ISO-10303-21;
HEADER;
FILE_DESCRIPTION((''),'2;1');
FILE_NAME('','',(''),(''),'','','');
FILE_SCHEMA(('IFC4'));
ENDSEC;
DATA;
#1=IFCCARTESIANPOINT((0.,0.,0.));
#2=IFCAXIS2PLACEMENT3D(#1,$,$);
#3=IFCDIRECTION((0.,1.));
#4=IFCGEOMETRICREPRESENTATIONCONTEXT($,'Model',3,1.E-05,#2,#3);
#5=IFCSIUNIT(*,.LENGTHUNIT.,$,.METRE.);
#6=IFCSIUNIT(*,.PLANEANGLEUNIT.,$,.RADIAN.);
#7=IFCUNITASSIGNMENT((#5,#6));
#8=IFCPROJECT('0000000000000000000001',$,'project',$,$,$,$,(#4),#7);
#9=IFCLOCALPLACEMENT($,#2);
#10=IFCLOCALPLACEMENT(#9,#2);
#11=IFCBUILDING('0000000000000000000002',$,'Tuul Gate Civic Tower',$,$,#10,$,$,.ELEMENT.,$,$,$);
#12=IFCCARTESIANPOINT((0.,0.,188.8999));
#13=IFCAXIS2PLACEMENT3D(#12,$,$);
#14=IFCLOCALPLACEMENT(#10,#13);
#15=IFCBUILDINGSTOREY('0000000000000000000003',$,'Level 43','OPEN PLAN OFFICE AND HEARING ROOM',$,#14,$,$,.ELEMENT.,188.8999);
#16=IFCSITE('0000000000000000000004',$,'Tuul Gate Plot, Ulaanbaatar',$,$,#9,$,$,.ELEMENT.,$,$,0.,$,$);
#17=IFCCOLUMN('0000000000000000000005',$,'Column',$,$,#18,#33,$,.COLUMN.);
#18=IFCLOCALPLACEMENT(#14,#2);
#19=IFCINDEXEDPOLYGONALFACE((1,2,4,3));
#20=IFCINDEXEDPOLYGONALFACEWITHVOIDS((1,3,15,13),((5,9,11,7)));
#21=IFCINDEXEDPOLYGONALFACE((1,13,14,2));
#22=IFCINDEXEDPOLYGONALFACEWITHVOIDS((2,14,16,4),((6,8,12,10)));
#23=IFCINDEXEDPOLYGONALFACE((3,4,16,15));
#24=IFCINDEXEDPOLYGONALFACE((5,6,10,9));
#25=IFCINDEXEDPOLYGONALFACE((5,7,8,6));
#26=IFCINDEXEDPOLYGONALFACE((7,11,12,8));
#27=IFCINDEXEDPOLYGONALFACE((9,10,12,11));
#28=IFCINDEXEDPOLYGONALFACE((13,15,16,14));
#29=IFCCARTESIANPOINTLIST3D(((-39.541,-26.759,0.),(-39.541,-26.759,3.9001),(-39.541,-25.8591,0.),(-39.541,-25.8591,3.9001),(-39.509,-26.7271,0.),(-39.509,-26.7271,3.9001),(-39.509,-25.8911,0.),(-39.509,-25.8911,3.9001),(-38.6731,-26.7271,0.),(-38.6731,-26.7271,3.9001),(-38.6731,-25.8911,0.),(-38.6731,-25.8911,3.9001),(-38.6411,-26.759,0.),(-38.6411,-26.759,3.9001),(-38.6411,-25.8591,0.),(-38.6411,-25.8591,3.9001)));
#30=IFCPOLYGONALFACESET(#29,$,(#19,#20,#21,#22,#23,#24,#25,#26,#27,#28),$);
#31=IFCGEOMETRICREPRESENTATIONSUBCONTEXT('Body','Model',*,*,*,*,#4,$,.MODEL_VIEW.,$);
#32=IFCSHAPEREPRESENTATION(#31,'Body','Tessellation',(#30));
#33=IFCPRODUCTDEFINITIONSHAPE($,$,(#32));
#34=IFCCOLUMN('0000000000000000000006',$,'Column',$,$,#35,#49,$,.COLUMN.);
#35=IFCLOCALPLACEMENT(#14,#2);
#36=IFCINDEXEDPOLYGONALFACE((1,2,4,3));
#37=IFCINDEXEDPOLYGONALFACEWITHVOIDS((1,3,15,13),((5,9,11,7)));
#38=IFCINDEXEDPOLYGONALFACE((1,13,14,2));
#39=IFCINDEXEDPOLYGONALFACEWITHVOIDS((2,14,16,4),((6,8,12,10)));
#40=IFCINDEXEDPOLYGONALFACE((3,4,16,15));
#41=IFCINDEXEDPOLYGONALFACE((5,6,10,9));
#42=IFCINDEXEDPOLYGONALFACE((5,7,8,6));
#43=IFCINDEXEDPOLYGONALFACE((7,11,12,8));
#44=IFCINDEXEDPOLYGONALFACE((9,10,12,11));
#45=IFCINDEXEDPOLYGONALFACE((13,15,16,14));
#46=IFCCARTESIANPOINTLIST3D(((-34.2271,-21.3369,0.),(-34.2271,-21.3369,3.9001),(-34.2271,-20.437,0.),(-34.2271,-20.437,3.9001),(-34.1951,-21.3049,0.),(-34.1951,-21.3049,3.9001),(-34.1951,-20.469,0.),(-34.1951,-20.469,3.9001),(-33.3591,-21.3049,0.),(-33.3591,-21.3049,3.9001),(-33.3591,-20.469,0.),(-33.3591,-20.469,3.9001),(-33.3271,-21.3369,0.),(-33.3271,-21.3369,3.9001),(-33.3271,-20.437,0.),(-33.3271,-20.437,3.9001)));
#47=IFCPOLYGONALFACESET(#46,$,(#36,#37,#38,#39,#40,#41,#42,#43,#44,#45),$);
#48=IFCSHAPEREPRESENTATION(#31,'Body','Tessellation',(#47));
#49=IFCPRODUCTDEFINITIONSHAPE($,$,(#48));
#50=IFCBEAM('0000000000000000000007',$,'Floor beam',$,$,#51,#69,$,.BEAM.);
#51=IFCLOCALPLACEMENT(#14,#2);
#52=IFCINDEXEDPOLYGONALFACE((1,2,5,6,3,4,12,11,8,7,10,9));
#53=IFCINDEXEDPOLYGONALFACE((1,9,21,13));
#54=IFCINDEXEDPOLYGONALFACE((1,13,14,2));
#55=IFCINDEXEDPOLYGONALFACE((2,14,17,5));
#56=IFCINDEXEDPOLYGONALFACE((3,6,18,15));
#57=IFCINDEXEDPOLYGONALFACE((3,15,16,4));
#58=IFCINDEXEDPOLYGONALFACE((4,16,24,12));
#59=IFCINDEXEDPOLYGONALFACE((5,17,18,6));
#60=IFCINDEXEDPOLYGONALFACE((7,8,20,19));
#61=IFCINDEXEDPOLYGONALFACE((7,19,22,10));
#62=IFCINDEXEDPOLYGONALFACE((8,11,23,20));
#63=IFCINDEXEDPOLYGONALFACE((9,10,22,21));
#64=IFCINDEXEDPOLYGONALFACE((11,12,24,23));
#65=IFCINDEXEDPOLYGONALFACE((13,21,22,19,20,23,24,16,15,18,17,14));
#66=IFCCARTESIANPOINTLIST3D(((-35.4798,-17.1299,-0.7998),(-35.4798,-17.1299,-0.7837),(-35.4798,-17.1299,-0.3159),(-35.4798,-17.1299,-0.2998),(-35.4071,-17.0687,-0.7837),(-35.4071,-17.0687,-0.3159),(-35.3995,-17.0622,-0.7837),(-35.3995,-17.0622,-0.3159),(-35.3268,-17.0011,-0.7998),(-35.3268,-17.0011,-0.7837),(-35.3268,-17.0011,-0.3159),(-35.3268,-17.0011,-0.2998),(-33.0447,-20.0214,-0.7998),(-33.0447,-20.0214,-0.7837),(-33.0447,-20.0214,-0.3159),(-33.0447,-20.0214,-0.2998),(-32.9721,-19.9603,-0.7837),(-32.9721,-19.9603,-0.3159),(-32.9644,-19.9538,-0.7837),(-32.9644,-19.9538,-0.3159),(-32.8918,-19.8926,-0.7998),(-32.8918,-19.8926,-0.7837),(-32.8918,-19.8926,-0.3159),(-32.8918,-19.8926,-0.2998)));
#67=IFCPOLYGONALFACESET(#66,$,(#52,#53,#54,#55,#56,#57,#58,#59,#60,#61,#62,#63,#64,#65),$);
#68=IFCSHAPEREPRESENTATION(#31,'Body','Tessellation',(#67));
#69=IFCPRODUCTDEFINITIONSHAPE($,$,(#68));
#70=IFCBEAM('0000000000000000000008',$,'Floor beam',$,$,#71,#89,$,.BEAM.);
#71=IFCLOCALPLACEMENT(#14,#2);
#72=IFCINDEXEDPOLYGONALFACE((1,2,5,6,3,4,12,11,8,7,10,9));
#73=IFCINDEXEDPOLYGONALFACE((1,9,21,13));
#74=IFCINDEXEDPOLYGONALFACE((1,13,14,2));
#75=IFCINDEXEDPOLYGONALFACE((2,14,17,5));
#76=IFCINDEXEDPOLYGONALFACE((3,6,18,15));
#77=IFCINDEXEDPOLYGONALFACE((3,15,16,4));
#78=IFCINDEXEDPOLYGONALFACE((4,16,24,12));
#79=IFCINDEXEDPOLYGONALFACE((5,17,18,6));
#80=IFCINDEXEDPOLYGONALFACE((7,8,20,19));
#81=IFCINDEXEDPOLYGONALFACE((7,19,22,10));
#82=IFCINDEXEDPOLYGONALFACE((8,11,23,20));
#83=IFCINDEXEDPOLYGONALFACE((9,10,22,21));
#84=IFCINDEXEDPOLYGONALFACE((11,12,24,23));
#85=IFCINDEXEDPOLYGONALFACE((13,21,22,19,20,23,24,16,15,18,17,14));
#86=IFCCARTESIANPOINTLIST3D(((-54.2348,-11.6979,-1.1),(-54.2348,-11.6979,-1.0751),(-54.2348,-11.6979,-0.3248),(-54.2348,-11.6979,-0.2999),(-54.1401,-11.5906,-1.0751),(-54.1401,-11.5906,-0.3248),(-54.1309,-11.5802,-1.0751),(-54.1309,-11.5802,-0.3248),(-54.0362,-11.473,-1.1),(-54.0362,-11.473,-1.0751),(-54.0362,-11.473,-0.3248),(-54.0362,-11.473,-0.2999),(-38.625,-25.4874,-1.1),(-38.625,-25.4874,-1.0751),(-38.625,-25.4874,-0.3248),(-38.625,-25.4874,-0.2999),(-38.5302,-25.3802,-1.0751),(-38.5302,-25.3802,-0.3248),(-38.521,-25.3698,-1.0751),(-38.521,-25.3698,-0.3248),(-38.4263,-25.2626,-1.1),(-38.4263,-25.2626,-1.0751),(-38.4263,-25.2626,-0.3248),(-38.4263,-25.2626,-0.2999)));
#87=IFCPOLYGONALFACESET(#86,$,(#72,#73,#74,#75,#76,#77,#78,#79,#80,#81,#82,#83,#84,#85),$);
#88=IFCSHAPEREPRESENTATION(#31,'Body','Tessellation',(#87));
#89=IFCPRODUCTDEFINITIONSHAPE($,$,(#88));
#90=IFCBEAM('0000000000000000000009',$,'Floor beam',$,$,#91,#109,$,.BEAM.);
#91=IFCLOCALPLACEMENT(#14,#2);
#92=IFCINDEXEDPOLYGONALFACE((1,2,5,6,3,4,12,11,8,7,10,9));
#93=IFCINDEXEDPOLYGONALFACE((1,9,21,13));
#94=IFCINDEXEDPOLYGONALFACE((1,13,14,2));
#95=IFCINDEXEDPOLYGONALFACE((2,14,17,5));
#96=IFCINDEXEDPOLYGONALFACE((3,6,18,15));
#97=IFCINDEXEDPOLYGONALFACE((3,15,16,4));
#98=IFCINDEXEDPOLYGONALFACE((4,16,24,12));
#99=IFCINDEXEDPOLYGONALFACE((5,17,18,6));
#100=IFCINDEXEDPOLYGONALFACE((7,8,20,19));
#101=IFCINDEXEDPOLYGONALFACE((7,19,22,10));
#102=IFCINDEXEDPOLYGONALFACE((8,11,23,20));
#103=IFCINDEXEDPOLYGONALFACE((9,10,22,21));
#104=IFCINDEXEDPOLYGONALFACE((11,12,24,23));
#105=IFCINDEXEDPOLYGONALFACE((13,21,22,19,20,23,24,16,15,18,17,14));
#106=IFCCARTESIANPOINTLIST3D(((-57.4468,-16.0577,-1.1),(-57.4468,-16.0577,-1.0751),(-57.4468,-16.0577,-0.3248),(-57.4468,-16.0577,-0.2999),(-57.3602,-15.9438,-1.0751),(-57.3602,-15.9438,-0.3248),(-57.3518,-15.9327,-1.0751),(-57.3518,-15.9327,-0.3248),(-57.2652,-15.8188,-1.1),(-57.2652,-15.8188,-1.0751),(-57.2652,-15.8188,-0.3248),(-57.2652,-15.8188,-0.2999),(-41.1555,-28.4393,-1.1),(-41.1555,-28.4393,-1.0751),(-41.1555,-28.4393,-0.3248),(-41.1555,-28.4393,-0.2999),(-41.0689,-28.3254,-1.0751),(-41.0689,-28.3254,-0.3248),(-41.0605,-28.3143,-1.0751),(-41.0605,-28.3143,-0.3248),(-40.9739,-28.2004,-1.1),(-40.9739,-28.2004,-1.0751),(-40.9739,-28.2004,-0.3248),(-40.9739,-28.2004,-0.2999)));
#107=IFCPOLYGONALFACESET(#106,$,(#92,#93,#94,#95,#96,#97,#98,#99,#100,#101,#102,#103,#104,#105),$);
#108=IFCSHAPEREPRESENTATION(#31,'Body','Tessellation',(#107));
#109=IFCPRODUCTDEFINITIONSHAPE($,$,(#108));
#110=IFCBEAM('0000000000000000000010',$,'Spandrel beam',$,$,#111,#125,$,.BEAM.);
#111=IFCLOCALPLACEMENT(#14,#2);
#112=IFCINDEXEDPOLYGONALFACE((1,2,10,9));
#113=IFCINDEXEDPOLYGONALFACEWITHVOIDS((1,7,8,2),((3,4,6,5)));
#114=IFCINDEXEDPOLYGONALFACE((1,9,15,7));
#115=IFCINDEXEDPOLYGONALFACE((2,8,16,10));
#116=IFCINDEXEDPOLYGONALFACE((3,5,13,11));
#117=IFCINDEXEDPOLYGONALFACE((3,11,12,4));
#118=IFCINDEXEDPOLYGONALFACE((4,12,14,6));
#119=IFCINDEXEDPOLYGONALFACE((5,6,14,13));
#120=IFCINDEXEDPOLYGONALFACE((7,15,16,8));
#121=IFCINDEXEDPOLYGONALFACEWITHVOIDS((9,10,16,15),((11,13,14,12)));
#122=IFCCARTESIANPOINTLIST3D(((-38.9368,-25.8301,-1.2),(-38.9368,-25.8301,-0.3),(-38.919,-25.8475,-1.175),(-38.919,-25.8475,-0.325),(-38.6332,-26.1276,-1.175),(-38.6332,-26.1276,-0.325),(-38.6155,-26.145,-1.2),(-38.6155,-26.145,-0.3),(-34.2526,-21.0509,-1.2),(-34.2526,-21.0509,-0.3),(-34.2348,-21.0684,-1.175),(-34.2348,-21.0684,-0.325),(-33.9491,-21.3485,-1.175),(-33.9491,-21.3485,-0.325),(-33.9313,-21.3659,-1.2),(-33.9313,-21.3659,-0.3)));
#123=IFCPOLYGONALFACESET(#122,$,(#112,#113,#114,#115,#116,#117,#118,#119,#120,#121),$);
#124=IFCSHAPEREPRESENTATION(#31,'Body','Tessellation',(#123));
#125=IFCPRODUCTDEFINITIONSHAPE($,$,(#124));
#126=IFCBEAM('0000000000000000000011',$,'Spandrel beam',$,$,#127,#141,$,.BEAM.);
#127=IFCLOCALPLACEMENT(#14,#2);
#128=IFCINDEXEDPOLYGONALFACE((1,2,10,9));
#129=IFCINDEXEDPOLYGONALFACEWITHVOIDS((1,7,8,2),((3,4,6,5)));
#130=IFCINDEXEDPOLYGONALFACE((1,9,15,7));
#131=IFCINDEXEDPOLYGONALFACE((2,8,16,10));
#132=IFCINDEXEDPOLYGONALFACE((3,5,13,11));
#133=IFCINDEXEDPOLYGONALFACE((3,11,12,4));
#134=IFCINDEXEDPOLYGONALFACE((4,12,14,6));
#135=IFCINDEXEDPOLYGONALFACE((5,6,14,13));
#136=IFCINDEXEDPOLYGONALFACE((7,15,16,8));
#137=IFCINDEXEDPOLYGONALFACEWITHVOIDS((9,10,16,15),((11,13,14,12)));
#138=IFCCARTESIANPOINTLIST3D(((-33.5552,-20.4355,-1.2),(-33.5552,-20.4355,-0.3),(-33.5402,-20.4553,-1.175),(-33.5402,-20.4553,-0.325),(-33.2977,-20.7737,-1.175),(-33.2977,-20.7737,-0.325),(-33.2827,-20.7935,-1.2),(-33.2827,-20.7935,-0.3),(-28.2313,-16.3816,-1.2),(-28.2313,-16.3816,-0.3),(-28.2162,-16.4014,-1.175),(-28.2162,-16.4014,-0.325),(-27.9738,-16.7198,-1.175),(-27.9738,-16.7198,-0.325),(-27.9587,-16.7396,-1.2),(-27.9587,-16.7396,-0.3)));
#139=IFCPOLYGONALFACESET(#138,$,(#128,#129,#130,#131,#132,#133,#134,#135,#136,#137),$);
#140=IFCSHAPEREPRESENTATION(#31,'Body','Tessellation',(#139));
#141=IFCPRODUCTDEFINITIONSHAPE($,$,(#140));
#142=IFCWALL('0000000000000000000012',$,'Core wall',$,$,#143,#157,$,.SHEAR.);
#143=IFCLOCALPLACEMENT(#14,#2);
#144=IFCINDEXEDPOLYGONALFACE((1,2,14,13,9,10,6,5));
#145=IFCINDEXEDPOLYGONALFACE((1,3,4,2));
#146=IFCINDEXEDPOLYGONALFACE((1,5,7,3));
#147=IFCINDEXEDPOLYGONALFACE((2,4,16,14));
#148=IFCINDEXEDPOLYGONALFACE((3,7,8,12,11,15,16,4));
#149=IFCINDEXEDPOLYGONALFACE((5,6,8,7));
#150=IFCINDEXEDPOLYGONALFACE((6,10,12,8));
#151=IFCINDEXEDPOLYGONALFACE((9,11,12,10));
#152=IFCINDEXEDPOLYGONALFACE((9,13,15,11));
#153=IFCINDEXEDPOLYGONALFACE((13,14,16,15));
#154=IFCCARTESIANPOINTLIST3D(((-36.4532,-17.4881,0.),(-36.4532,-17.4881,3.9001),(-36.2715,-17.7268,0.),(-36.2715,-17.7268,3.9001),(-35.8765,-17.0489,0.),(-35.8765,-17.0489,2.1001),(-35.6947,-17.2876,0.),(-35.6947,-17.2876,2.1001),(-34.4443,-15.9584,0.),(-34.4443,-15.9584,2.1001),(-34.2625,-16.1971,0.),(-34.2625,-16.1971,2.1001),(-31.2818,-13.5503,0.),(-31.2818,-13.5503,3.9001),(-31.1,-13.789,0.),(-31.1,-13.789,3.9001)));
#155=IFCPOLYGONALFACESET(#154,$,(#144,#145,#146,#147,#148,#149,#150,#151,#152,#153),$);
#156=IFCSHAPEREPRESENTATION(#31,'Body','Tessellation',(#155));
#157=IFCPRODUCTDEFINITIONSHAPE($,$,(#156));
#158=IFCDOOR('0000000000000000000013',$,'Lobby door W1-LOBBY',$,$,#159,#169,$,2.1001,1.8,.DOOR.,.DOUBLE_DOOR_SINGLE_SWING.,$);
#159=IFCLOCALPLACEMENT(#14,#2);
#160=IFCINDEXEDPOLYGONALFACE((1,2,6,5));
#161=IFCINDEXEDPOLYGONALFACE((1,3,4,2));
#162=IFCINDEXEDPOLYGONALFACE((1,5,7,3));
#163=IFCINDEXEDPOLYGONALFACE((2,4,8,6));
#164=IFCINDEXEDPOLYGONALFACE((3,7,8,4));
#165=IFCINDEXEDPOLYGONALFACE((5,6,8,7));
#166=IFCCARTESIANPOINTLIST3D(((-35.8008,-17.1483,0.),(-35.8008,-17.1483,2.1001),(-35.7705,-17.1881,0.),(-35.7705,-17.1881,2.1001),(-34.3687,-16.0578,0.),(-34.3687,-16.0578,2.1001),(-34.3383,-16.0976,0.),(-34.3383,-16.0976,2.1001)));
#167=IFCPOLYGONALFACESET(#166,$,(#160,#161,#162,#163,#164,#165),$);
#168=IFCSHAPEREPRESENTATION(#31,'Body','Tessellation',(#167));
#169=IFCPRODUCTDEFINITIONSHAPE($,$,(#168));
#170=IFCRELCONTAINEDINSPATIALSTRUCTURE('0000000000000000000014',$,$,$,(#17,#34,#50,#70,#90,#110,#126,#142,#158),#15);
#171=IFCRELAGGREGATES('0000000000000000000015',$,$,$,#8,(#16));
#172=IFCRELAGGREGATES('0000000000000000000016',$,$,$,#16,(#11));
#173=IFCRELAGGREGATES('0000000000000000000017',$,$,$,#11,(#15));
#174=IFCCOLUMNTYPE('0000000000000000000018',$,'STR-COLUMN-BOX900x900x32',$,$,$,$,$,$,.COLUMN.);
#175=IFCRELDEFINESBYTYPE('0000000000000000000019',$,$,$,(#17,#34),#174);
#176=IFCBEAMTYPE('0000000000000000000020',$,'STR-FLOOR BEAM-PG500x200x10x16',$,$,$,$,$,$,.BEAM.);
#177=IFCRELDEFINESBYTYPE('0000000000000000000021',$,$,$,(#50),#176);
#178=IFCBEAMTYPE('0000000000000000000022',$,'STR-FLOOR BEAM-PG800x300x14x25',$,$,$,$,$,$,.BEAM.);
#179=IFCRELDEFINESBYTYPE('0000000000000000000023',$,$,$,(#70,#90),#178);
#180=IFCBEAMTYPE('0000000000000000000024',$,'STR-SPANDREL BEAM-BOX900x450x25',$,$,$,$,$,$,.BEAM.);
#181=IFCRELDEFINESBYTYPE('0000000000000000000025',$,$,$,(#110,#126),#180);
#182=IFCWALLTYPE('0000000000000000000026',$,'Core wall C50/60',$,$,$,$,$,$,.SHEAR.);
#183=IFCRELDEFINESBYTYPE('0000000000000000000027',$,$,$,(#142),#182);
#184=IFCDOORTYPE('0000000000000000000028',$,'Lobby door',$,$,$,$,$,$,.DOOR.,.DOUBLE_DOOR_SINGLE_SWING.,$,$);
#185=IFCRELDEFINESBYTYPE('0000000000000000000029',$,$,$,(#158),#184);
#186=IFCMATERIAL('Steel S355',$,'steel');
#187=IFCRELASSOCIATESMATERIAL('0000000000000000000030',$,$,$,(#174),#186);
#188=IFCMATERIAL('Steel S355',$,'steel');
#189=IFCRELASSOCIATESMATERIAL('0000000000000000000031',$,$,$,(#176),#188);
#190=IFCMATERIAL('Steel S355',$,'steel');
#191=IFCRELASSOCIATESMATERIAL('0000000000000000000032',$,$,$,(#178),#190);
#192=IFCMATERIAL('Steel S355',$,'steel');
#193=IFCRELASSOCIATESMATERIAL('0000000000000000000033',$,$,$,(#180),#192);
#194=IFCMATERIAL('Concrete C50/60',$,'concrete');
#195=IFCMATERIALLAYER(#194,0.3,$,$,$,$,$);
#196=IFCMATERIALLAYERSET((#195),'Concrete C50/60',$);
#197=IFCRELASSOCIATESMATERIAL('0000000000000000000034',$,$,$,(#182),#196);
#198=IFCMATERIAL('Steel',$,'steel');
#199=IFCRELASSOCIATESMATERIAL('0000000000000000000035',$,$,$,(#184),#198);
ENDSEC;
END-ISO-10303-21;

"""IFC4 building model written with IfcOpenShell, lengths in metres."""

from ifc_helpers import new_model, si_unit, direction, frame, frame_2d, origin, origin_2d, place, context, subcontext, project, spatial, rectangle, hollow_rectangle, i_section, extrude, material, layer, layer_set, material_profile, profile_set, type_object, element, fill, save


model = new_model("IFC4")

# Units and contexts
model_context = context("Model", 3, precision=1e-05, world=origin(), true_north=direction((0.0, 1.0)))
body_context = subcontext(model_context, "Body", "Model", "MODEL_VIEW")
ifc_project = project(units=[si_unit("LENGTHUNIT", "METRE"), si_unit("PLANEANGLEUNIT", "RADIAN")], contexts=[model_context])

# Site, building, storey
site_placement = place(None, origin())
site = spatial("IfcSite", under=ifc_project, at=site_placement, Name="Tuul Gate Plot, Ulaanbaatar", CompositionType="ELEMENT", RefElevation=0.0)
building_placement = place(site_placement, origin())
building = spatial("IfcBuilding", under=site, at=building_placement, Name="Tuul Gate Civic Tower", CompositionType="ELEMENT")
storey_placement = place(building_placement, frame((0.0, 0.0, 188.8999)))
storey = spatial("IfcBuildingStorey", under=building, at=storey_placement, Name="Level 43", Description="OPEN PLAN OFFICE AND HEARING ROOM", CompositionType="ELEMENT", Elevation=188.8999)

# Columns
ifc_material_1 = material(Name="Steel S355", Category="steel")
ifc_material_profile_1 = material_profile(ifc_material_1, hollow_rectangle(XDim=0.8999, YDim=0.8999, WallThickness=0.032, at=origin_2d()), Name="BOX900x900x32")
ifc_profile_set_1 = profile_set([ifc_material_profile_1], Name="Steel S355")
column_type = type_object("IfcColumnType", Name="STR-COLUMN-BOX900x900x32", PredefinedType="COLUMN", material=ifc_profile_set_1)
for number, where, z_axis, x_axis, name in (
    (1, (-39.0911, -26.3091, 0.0), (0.0, 0.0, 1.0), (1.0, 0.0, 0.0), "Column"),
    (2, (-33.7771, -20.887, 0.0), (0.0, 0.0, 1.0), (1.0, 0.0, 0.0), "Column"),
):
    element("IfcColumn", number, at=place(storey_placement, frame(where, z_axis=z_axis, x_axis=x_axis)), inside=storey, type_object=column_type, Name=name, PredefinedType="COLUMN", context=body_context, shape_type="SweptSolid", body=[
        extrude(hollow_rectangle(XDim=0.8999, YDim=0.8999, WallThickness=0.032, at=origin_2d()), origin(), (0.0, 0.0, 1.0), 3.9001),
    ])

# Beams
ifc_material_2 = material(Name="Steel S355", Category="steel")
ifc_material_profile_2 = material_profile(ifc_material_2, i_section(OverallWidth=0.2, OverallDepth=0.5, WebThickness=0.01, FlangeThickness=0.0161, at=origin_2d()), Name="PG500x200x10x16")
ifc_profile_set_2 = profile_set([ifc_material_profile_2], Name="Steel S355")
beam_type_1 = type_object("IfcBeamType", Name="STR-FLOOR BEAM-PG500x200x10x16", PredefinedType="BEAM", material=ifc_profile_set_2)
beam_1_placement = place(storey_placement, frame((-32.9683, -19.957, -0.5498), z_axis=(-0.64414, 0.764908, 0.0), x_axis=(-0.764908, -0.64414, 0.0)))
element("IfcBeam", 3, at=beam_1_placement, inside=storey, type_object=beam_type_1, Name="Floor beam", PredefinedType="BEAM", context=body_context, shape_type="SweptSolid", body=[
    extrude(i_section(OverallWidth=0.2, OverallDepth=0.5, WebThickness=0.01, FlangeThickness=0.0161, at=origin_2d()), origin(), (0.0, 0.0, 1.0), 3.7803),
])
ifc_material_3 = material(Name="Steel S355", Category="steel")
ifc_material_profile_3 = material_profile(ifc_material_3, i_section(OverallWidth=0.3, OverallDepth=0.8, WebThickness=0.0139, FlangeThickness=0.0249, at=origin_2d()), Name="PG800x300x14x25")
ifc_profile_set_3 = profile_set([ifc_material_profile_3], Name="Steel S355")
beam_type_2 = type_object("IfcBeamType", Name="STR-FLOOR BEAM-PG800x300x14x25", PredefinedType="BEAM", material=ifc_profile_set_3)
beam_2_placement = place(storey_placement, frame((-38.5256, -25.375, -0.7), z_axis=(-0.749453, 0.662057, 0.0), x_axis=(-0.662057, -0.749453, 0.0)))
element("IfcBeam", 4, at=beam_2_placement, inside=storey, type_object=beam_type_2, Name="Floor beam", PredefinedType="BEAM", context=body_context, shape_type="SweptSolid", body=[
    extrude(i_section(OverallWidth=0.3, OverallDepth=0.8, WebThickness=0.0139, FlangeThickness=0.0249, at=origin_2d()), origin(), (0.0, 0.0, 1.0), 20.8284),
])
beam_3_placement = place(storey_placement, frame((-41.0647, -28.3198, -0.7), z_axis=(-0.796157, 0.605091, 0.0), x_axis=(-0.605091, -0.796157, 0.0)))
element("IfcBeam", 5, at=beam_3_placement, inside=storey, type_object=beam_type_2, Name="Floor beam", PredefinedType="BEAM", context=body_context, shape_type="SweptSolid", body=[
    extrude(i_section(OverallWidth=0.3, OverallDepth=0.8, WebThickness=0.0139, FlangeThickness=0.0249, at=origin_2d()), origin(), (0.0, 0.0, 1.0), 20.4624),
])
ifc_material_4 = material(Name="Steel S355", Category="steel")
ifc_material_profile_4 = material_profile(ifc_material_4, hollow_rectangle(XDim=0.45, YDim=0.8999, WallThickness=0.0249, at=origin_2d()), Name="BOX900x450x25")
ifc_profile_set_4 = profile_set([ifc_material_profile_4], Name="Steel S355")
beam_type_3 = type_object("IfcBeamType", Name="STR-SPANDREL BEAM-BOX900x450x25", PredefinedType="BEAM", material=ifc_profile_set_4)
beam_4_placement = place(storey_placement, frame((-38.7761, -25.9875, -0.75), z_axis=(0.699975, 0.714167, 0.0), x_axis=(-0.714167, 0.699975, 0.0)))
element("IfcBeam", 6, at=beam_4_placement, inside=storey, type_object=beam_type_3, Name="Spandrel beam", PredefinedType="BEAM", context=body_context, shape_type="SweptSolid", body=[
    extrude(hollow_rectangle(XDim=0.45, YDim=0.8999, WallThickness=0.0249, at=origin_2d()), origin(), (0.0, 0.0, 1.0), 6.6919),
])
beam_5_placement = place(storey_placement, frame((-33.4189, -20.6145, -0.75), z_axis=(0.795605, 0.605816, 0.0), x_axis=(-0.605816, 0.795605, 0.0)))
element("IfcBeam", 7, at=beam_5_placement, inside=storey, type_object=beam_type_3, Name="Spandrel beam", PredefinedType="BEAM", context=body_context, shape_type="SweptSolid", body=[
    extrude(hollow_rectangle(XDim=0.45, YDim=0.8999, WallThickness=0.0249, at=origin_2d()), origin(), (0.0, 0.0, 1.0), 6.6917),
])

# Wall, opening, door
ifc_material_5 = material(Name="Concrete C50/60", Category="concrete")
ifc_layer_1 = layer(ifc_material_5, 0.3)
ifc_layer_set_1 = layer_set([ifc_layer_1], Name="Concrete C50/60")
wall_type_1 = type_object("IfcWallType", Name="Core wall C50/60", PredefinedType="SHEAR", material=ifc_layer_set_1)
wall_1_placement = place(storey_placement, frame((-31.1909, -13.6697, 0.0), z_axis=(0.0, 0.0, 1.0), x_axis=(-0.795607, -0.605813, 0.0)))
wall_1 = element("IfcWall", 8, at=wall_1_placement, inside=storey, type_object=wall_type_1, Name="Core wall", PredefinedType="SHEAR", context=body_context, shape_type="SweptSolid", body=[
    extrude(rectangle(XDim=6.5, YDim=0.3, at=frame_2d((3.25, 0.0))), origin(), (0.0, 0.0, 1.0), 3.9001),
])
opening_1_placement = place(wall_1_placement, frame((3.9751, 0.0, 0.0)))
opening_1 = element("IfcOpeningElement", 9, at=opening_1_placement, cuts=wall_1, PredefinedType="OPENING", context=body_context, shape_type="SweptSolid", body=[
    extrude(rectangle(XDim=1.8, YDim=2.1001, at=frame_2d((0.8999, 1.05))), frame((0.0, 0.1602, 0.0), z_axis=(0.0, -1.0, 0.0), x_axis=(1.0, 0.0, 0.0)), (0.0, 0.0, 1.0), 0.3201),
])
ifc_material_6 = material(Name="Steel", Category="steel")
door_type_1 = type_object("IfcDoorType", Name="Lobby door", OperationType="DOUBLE_DOOR_SINGLE_SWING", PredefinedType="DOOR", material=ifc_material_6)
door_1_placement = place(opening_1_placement, origin())
door_1 = element("IfcDoor", 10, at=door_1_placement, inside=storey, type_object=door_type_1, Name="Lobby door W1-LOBBY", OperationType="DOUBLE_DOOR_SINGLE_SWING", OverallHeight=2.1001, OverallWidth=1.8, PredefinedType="DOOR", context=body_context, shape_type="SweptSolid", body=[
    extrude(rectangle(XDim=1.8, YDim=2.1001, at=frame_2d((0.8999, 1.05))), frame((0.0, 0.0249, 0.0), z_axis=(0.0, -1.0, 0.0), x_axis=(1.0, 0.0, 0.0)), (0.0, 0.0, 1.0), 0.05),
])
fill(opening_1, door_1)

save(model, "model.ifc")
